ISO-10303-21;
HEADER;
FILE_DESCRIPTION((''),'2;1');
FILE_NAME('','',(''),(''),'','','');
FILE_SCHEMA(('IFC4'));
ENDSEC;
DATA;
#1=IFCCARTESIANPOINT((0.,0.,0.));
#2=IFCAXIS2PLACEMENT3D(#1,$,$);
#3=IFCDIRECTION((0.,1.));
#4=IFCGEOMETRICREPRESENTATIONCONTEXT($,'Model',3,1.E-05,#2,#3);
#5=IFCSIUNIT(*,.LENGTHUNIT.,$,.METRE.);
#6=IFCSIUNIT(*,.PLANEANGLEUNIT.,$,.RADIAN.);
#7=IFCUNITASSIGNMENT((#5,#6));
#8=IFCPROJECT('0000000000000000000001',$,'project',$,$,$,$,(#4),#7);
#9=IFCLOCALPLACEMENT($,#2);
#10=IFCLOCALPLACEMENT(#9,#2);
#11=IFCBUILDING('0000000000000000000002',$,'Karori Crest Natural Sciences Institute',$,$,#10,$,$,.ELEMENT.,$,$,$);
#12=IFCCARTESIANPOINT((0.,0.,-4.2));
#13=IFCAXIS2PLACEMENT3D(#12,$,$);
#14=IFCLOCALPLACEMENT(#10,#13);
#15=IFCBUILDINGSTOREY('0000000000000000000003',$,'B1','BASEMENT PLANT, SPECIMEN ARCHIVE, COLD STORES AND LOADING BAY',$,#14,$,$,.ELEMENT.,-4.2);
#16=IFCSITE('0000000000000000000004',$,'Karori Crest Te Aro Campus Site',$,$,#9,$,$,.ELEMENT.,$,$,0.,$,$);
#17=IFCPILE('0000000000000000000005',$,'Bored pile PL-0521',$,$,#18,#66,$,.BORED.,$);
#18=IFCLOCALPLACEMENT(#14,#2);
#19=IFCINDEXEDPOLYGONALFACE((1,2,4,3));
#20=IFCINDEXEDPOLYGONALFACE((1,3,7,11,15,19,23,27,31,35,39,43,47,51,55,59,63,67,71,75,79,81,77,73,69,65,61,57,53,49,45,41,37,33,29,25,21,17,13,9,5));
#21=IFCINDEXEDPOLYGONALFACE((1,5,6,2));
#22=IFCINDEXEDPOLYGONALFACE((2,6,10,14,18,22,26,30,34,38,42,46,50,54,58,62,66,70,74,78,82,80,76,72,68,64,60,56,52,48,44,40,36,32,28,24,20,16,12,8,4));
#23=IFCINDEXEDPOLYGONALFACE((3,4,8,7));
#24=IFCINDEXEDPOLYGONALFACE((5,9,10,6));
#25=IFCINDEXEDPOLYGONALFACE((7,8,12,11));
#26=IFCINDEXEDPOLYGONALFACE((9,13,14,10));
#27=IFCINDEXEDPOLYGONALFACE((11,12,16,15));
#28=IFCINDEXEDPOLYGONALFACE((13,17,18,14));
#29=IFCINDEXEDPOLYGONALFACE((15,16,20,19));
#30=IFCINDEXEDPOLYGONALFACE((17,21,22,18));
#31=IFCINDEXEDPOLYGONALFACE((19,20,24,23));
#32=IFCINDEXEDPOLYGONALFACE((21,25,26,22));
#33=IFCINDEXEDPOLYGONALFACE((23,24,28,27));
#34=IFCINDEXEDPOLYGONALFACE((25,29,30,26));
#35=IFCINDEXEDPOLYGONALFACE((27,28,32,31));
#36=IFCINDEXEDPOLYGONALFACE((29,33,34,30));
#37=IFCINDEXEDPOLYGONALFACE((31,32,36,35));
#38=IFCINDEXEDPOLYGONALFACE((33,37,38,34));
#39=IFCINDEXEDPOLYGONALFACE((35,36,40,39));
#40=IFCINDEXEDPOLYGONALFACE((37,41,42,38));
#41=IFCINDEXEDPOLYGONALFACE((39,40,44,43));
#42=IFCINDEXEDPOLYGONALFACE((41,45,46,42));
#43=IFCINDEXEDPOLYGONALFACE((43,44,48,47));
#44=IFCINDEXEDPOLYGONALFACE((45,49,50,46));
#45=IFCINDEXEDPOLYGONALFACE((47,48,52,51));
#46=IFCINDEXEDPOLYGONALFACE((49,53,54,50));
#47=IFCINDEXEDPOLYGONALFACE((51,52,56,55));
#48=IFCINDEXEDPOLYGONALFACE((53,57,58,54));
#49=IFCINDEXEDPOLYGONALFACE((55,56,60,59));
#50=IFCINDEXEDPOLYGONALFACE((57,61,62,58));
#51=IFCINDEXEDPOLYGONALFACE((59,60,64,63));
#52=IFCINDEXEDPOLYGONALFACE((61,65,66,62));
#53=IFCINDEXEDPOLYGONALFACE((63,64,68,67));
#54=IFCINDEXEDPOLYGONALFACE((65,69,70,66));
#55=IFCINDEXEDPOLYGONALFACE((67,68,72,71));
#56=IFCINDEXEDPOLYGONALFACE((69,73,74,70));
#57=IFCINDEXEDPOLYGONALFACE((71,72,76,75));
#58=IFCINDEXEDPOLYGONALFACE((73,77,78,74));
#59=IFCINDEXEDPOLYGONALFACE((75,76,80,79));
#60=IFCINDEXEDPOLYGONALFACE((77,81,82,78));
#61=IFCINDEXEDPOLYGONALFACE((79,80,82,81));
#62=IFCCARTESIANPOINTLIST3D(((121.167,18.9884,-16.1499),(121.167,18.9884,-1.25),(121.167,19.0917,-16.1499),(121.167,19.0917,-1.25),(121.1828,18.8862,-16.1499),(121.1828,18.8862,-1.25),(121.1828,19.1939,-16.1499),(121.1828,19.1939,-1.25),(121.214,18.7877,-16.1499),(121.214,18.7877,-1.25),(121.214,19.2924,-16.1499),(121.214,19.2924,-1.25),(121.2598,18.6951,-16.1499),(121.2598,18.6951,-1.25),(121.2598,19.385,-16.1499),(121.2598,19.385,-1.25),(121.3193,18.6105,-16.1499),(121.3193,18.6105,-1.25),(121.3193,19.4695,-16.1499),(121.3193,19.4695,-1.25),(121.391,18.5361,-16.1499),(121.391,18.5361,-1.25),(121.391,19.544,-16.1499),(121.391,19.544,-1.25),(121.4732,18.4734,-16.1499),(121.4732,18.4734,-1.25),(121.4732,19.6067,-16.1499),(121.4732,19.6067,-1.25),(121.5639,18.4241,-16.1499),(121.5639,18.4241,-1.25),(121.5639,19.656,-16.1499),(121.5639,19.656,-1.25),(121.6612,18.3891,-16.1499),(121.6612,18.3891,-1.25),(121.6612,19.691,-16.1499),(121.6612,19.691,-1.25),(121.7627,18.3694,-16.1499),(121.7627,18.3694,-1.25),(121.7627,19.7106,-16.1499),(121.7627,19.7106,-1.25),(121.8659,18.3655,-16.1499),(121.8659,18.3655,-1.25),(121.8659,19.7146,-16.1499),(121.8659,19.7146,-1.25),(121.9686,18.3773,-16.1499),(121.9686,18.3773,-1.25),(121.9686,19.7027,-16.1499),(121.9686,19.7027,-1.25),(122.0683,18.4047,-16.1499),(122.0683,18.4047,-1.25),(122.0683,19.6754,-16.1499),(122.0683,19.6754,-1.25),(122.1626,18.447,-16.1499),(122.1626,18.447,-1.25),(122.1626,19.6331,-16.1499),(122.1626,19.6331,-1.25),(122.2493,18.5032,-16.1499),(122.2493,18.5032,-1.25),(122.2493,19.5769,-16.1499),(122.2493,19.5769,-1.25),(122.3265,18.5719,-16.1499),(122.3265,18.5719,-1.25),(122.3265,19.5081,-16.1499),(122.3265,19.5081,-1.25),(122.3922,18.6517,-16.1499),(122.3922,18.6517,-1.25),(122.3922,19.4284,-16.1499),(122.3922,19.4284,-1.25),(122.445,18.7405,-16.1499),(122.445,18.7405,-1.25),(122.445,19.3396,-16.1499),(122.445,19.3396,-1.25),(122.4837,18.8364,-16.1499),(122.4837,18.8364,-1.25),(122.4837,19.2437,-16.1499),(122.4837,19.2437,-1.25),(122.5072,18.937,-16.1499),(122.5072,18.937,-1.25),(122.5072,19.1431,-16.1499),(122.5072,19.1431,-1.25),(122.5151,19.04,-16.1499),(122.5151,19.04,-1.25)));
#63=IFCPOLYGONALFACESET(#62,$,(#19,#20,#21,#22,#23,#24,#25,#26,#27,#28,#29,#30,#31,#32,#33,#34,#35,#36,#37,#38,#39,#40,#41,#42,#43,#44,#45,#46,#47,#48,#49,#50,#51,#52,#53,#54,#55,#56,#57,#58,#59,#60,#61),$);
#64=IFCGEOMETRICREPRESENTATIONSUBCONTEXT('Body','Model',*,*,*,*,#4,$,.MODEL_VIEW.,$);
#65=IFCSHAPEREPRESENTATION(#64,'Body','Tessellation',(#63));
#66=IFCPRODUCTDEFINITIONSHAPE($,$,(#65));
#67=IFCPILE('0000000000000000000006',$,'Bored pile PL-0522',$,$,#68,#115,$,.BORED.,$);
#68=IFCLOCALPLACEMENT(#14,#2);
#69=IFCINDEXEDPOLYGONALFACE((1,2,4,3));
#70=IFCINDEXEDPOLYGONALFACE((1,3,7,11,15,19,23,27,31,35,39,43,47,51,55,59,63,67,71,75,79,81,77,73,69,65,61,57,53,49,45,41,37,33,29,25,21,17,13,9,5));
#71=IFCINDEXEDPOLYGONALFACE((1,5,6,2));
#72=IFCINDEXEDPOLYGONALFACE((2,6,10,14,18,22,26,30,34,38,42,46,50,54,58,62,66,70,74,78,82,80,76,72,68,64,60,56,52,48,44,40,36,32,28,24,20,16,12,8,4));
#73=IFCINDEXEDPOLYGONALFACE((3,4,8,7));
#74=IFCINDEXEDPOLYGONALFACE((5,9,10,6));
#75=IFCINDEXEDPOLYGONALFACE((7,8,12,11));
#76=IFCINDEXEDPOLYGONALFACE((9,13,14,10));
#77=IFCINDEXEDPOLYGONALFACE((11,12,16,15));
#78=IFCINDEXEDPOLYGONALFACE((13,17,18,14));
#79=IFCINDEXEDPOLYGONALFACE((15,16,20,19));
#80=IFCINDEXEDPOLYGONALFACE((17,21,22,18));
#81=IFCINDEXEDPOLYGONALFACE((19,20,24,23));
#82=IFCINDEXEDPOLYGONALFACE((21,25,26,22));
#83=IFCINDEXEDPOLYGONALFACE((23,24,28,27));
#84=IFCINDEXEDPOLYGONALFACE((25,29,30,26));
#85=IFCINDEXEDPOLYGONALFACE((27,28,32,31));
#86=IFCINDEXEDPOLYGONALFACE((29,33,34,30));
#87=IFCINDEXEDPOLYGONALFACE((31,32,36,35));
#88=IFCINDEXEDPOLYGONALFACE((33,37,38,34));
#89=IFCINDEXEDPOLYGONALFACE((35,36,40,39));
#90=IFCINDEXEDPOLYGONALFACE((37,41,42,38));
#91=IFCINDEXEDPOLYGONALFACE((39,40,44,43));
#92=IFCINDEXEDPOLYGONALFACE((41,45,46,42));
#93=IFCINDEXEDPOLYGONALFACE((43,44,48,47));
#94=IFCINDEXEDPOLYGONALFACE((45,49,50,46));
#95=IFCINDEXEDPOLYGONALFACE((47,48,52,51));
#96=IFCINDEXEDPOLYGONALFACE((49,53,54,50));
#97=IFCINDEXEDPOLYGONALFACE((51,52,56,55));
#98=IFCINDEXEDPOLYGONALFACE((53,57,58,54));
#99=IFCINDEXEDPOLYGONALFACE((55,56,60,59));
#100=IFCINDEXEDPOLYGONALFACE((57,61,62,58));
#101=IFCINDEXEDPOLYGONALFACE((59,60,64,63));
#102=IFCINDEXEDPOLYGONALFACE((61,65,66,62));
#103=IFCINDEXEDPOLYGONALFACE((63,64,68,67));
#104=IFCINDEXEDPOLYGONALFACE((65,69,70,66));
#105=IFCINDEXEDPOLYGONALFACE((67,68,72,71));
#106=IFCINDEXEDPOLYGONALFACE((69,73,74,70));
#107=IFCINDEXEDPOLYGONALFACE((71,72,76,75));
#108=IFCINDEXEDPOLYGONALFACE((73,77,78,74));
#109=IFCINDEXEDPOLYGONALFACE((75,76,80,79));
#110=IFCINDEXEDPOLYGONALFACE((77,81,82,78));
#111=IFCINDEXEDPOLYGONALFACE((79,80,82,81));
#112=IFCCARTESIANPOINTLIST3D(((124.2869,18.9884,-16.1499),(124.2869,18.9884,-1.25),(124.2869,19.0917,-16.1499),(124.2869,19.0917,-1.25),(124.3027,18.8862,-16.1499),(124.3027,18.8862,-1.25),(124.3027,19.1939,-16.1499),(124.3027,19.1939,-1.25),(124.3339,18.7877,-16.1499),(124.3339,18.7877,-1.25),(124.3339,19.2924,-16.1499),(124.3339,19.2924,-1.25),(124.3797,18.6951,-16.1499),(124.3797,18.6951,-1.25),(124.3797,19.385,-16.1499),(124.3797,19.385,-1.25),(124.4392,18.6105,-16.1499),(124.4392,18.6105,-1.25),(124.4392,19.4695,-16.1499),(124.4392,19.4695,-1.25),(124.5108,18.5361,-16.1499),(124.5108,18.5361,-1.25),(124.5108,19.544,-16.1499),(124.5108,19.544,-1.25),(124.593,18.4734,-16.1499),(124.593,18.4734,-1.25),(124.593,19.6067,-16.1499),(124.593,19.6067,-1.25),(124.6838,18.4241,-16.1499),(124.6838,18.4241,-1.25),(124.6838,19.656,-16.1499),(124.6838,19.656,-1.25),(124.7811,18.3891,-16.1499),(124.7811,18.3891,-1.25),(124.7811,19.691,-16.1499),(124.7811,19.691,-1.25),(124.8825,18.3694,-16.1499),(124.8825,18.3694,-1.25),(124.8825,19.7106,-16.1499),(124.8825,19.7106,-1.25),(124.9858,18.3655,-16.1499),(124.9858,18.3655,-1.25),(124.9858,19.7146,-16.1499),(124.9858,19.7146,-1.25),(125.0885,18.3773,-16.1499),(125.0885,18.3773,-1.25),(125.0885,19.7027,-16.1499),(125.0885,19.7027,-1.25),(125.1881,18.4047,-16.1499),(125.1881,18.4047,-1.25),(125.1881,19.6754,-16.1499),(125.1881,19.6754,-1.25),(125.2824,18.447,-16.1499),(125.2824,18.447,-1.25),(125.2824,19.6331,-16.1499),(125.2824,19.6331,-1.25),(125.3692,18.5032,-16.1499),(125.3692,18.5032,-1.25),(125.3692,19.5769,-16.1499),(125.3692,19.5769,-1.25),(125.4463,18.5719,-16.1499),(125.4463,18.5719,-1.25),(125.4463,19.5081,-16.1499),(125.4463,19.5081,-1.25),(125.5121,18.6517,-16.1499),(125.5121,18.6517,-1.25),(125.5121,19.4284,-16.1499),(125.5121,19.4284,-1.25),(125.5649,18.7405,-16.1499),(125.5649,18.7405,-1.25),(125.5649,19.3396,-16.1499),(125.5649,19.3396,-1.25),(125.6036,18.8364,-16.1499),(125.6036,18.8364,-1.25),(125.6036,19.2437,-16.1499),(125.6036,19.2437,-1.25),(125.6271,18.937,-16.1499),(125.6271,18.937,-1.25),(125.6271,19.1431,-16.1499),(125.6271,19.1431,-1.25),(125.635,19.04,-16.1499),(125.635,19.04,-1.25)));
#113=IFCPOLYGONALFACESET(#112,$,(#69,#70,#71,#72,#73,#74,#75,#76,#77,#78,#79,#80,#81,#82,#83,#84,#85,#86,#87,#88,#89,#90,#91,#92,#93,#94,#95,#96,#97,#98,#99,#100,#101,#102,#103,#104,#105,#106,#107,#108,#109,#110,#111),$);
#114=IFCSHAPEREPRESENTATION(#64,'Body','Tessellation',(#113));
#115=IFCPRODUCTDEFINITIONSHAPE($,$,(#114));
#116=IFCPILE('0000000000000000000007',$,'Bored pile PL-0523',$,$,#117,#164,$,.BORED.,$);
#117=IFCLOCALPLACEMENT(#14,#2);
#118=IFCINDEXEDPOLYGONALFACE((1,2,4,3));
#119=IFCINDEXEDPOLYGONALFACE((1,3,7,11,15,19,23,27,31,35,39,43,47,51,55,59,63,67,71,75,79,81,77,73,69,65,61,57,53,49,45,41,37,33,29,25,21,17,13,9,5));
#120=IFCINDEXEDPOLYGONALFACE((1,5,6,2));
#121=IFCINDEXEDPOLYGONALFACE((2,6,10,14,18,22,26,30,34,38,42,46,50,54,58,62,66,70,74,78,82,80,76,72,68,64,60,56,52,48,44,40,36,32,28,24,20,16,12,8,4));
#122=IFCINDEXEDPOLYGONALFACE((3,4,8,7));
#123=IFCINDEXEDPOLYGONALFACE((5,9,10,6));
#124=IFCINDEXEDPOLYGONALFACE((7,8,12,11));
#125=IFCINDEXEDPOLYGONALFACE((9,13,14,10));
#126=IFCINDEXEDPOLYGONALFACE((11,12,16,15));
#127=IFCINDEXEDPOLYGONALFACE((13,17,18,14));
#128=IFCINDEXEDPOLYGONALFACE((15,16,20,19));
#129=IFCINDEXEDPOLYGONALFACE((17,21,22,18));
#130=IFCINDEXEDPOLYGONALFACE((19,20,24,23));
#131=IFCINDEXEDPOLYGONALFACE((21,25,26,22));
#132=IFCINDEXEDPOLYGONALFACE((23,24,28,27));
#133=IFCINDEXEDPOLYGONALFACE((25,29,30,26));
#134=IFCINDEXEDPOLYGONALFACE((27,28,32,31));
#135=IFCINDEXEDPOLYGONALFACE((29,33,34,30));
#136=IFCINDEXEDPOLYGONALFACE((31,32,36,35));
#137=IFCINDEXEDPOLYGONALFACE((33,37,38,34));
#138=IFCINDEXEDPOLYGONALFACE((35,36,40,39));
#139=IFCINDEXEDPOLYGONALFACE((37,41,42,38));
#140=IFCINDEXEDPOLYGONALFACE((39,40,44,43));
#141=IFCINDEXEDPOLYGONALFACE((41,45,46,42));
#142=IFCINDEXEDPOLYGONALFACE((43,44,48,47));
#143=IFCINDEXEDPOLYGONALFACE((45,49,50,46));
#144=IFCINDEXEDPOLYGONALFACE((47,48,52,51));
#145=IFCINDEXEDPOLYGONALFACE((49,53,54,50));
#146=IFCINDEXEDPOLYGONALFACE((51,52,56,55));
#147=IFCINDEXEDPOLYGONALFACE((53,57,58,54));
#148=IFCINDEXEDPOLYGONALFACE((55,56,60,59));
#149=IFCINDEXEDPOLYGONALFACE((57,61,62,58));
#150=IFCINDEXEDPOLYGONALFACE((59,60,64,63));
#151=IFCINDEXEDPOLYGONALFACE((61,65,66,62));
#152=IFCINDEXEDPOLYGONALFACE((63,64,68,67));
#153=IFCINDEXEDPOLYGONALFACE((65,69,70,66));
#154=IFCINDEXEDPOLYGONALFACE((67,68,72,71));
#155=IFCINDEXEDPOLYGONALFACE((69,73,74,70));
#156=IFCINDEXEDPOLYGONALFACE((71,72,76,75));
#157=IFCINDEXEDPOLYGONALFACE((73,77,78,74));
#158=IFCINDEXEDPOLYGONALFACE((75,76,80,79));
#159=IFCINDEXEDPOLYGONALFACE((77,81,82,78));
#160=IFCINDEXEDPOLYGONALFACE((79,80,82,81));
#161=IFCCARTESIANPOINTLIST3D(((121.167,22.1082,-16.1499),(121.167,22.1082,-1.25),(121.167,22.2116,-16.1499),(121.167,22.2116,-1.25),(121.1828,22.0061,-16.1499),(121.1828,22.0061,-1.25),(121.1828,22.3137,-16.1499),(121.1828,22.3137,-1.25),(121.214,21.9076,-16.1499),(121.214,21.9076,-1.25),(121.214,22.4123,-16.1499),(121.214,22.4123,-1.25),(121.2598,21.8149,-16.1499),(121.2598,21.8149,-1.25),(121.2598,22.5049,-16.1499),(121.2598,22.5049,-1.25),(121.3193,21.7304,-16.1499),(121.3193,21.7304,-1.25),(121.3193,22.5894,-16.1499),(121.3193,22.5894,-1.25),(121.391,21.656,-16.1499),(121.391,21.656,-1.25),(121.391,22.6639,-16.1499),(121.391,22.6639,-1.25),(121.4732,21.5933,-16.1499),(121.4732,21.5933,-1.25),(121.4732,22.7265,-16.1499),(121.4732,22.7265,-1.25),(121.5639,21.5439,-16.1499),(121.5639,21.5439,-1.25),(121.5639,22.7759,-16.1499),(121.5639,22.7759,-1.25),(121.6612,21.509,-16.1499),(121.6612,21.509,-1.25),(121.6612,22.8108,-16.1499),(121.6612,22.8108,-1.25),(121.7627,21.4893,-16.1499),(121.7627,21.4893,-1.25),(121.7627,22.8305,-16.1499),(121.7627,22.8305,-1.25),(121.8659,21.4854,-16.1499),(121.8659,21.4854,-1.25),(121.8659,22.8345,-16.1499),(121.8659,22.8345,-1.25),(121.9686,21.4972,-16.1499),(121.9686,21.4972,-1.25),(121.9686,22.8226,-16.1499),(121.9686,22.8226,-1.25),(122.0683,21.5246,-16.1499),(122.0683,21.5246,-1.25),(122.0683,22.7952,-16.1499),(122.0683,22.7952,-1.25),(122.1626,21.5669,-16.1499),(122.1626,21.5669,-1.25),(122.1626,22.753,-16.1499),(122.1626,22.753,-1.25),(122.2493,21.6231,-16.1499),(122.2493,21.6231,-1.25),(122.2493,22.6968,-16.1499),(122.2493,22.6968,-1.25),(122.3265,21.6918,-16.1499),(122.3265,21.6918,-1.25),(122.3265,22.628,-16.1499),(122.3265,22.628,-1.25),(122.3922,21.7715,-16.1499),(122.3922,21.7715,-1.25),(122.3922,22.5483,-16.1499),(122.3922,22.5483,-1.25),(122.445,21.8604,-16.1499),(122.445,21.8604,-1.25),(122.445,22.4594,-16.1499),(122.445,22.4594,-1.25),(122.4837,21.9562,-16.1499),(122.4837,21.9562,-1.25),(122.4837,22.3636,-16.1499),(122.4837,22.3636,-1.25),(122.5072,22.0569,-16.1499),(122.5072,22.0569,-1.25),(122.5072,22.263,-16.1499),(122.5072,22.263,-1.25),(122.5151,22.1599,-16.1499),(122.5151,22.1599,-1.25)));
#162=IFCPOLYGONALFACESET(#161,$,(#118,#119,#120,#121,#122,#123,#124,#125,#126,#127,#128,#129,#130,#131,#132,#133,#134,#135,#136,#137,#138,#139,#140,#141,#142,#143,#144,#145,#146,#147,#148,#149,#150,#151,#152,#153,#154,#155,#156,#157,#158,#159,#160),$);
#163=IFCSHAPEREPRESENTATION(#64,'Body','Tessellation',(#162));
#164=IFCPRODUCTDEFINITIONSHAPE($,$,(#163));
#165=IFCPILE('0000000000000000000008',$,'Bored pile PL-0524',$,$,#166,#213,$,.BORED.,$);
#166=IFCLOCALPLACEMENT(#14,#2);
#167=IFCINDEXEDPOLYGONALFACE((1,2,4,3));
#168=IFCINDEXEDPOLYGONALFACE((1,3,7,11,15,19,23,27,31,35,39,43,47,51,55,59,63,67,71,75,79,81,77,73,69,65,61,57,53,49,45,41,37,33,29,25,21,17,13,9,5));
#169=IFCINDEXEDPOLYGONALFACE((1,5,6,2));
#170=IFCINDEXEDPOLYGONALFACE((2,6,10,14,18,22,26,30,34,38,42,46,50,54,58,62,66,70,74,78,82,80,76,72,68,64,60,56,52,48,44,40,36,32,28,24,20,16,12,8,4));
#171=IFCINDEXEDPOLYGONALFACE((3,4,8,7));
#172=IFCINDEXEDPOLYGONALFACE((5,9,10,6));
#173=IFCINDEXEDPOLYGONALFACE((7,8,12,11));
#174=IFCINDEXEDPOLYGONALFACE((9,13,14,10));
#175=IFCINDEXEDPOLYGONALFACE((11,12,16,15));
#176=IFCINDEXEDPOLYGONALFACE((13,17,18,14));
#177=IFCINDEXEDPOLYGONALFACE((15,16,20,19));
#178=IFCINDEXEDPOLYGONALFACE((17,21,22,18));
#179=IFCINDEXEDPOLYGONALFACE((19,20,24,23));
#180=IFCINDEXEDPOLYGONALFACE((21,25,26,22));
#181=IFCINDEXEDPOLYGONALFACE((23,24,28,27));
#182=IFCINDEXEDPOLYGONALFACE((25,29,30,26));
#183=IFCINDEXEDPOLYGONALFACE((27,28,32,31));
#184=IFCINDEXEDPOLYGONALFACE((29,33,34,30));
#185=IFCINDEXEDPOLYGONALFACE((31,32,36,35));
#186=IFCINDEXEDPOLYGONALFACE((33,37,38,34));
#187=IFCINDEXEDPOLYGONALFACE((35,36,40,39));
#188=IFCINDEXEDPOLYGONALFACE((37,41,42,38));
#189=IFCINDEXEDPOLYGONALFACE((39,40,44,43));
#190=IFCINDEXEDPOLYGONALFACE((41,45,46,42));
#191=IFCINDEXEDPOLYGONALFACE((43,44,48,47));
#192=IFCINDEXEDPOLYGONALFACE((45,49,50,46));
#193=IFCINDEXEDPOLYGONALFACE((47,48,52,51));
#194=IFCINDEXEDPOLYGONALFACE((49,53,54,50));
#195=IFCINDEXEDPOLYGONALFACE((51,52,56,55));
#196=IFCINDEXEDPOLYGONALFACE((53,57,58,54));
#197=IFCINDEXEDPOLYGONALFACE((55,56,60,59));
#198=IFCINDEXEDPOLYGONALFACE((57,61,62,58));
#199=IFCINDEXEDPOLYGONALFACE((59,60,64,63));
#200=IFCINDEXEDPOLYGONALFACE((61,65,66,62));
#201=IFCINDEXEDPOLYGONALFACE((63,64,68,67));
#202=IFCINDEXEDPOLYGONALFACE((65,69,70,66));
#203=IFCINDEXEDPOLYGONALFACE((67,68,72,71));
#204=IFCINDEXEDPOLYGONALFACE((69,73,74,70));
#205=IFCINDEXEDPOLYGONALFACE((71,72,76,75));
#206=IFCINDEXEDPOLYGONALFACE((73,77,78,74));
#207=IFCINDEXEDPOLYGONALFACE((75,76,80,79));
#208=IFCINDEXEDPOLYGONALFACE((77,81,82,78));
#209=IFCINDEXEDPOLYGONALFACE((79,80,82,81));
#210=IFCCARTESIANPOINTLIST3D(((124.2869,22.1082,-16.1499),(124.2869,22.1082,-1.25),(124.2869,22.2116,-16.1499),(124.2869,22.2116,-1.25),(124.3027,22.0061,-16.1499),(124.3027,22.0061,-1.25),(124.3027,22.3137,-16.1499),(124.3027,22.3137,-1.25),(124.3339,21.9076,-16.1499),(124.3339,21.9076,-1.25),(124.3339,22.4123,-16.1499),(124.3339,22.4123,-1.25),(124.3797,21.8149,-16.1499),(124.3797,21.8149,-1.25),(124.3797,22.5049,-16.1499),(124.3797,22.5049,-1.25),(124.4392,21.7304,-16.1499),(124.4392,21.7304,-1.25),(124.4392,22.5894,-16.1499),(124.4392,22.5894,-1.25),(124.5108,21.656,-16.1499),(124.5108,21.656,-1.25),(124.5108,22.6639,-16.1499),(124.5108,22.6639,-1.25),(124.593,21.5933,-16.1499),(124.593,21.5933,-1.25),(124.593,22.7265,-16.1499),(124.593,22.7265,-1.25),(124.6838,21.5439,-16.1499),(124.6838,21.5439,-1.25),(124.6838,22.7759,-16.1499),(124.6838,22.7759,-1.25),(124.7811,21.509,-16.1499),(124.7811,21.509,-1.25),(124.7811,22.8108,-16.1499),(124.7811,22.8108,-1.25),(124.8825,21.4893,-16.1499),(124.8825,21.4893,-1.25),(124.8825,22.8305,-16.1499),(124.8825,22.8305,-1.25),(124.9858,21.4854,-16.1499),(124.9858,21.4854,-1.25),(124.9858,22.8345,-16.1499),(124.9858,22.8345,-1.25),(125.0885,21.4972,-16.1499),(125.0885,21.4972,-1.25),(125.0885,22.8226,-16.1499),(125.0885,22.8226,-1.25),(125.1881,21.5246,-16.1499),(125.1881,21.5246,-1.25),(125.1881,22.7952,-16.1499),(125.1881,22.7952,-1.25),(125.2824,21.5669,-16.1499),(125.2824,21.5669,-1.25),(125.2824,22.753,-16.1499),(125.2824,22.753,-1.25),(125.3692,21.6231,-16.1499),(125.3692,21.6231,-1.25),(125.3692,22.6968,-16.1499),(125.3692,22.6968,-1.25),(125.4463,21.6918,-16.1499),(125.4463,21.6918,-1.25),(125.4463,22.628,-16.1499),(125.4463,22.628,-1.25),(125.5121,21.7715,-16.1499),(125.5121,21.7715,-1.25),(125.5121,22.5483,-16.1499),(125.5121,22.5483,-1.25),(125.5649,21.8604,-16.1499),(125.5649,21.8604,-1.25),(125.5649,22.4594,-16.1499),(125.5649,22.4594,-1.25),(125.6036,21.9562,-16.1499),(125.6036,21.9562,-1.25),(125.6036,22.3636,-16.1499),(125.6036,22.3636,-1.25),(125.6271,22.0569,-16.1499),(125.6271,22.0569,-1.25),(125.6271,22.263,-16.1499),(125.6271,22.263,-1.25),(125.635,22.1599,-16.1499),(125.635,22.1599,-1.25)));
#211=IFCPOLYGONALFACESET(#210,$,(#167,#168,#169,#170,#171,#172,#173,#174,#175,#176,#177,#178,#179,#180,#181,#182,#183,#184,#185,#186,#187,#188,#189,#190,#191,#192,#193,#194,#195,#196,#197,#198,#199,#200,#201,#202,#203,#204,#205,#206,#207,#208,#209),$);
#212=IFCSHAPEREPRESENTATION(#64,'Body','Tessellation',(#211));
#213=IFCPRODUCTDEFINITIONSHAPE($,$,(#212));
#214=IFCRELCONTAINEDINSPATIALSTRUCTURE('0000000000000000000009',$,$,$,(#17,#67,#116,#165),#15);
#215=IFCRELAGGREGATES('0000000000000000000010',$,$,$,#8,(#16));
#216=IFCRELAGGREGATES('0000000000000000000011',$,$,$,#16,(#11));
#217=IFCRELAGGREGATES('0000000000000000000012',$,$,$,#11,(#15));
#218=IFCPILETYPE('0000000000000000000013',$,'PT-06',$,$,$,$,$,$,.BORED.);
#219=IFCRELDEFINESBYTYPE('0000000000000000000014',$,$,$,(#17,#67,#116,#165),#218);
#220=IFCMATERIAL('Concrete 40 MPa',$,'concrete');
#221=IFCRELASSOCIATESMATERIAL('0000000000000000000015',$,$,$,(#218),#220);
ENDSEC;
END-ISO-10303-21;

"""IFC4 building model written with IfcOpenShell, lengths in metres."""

from ifc_helpers import new_model, si_unit, direction, frame, origin, origin_2d, place, context, subcontext, project, spatial, circle, extrude, material, material_profile, profile_set, type_object, element, save


model = new_model("IFC4")

# Units and contexts
model_context = context("Model", 3, precision=1e-05, world=origin(), true_north=direction((0.0, 1.0)))
body_context = subcontext(model_context, "Body", "Model", "MODEL_VIEW")
ifc_project = project(units=[si_unit("LENGTHUNIT", "METRE"), si_unit("PLANEANGLEUNIT", "RADIAN")], contexts=[model_context])

# Site, building, storey
site_placement = place(None, origin())
site = spatial("IfcSite", under=ifc_project, at=site_placement, Name="Karori Crest Te Aro Campus Site", CompositionType="ELEMENT", RefElevation=0.0)
building_placement = place(site_placement, origin())
building = spatial("IfcBuilding", under=site, at=building_placement, Name="Karori Crest Natural Sciences Institute", CompositionType="ELEMENT")
storey_placement = place(building_placement, frame((0.0, 0.0, -4.2)))
storey = spatial("IfcBuildingStorey", under=building, at=storey_placement, Name="B1", Description="BASEMENT PLANT, SPECIMEN ARCHIVE, COLD STORES AND LOADING BAY", CompositionType="ELEMENT", Elevation=-4.2)

# Shared definitions
ifc_material_1 = material(Name="Concrete 40 MPa", Category="concrete")

# Piles
ifc_material_profile_1 = material_profile(ifc_material_1, circle(Radius=0.675, at=origin_2d()), Name="PILE1350")
ifc_profile_set_1 = profile_set([ifc_material_profile_1], Name="Concrete 40 MPa")
pile_type_1 = type_object("IfcPileType", Name="PT-06", PredefinedType="BORED", material=ifc_profile_set_1)
for number, where, z_axis, x_axis, name in (
    (1, (121.8401, 19.04, -1.25), (0.0, 0.0, -1.0), (1.0, 0.0, 0.0), "Bored pile PL-0521"),
    (2, (124.96, 19.04, -1.25), (0.0, 0.0, -1.0), (1.0, 0.0, 0.0), "Bored pile PL-0522"),
    (3, (121.8401, 22.1599, -1.25), (0.0, 0.0, -1.0), (1.0, 0.0, 0.0), "Bored pile PL-0523"),
    (4, (124.96, 22.1599, -1.25), (0.0, 0.0, -1.0), (1.0, 0.0, 0.0), "Bored pile PL-0524"),
):
    element("IfcPile", number, at=place(storey_placement, frame(where, z_axis=z_axis, x_axis=x_axis)), inside=storey, type_object=pile_type_1, Name=name, PredefinedType="BORED", context=body_context, shape_type="SweptSolid", body=[
        extrude(circle(Radius=0.675, at=origin_2d()), origin(), (0.0, 0.0, 1.0), 14.8999),
    ])

save(model, "model.ifc")
